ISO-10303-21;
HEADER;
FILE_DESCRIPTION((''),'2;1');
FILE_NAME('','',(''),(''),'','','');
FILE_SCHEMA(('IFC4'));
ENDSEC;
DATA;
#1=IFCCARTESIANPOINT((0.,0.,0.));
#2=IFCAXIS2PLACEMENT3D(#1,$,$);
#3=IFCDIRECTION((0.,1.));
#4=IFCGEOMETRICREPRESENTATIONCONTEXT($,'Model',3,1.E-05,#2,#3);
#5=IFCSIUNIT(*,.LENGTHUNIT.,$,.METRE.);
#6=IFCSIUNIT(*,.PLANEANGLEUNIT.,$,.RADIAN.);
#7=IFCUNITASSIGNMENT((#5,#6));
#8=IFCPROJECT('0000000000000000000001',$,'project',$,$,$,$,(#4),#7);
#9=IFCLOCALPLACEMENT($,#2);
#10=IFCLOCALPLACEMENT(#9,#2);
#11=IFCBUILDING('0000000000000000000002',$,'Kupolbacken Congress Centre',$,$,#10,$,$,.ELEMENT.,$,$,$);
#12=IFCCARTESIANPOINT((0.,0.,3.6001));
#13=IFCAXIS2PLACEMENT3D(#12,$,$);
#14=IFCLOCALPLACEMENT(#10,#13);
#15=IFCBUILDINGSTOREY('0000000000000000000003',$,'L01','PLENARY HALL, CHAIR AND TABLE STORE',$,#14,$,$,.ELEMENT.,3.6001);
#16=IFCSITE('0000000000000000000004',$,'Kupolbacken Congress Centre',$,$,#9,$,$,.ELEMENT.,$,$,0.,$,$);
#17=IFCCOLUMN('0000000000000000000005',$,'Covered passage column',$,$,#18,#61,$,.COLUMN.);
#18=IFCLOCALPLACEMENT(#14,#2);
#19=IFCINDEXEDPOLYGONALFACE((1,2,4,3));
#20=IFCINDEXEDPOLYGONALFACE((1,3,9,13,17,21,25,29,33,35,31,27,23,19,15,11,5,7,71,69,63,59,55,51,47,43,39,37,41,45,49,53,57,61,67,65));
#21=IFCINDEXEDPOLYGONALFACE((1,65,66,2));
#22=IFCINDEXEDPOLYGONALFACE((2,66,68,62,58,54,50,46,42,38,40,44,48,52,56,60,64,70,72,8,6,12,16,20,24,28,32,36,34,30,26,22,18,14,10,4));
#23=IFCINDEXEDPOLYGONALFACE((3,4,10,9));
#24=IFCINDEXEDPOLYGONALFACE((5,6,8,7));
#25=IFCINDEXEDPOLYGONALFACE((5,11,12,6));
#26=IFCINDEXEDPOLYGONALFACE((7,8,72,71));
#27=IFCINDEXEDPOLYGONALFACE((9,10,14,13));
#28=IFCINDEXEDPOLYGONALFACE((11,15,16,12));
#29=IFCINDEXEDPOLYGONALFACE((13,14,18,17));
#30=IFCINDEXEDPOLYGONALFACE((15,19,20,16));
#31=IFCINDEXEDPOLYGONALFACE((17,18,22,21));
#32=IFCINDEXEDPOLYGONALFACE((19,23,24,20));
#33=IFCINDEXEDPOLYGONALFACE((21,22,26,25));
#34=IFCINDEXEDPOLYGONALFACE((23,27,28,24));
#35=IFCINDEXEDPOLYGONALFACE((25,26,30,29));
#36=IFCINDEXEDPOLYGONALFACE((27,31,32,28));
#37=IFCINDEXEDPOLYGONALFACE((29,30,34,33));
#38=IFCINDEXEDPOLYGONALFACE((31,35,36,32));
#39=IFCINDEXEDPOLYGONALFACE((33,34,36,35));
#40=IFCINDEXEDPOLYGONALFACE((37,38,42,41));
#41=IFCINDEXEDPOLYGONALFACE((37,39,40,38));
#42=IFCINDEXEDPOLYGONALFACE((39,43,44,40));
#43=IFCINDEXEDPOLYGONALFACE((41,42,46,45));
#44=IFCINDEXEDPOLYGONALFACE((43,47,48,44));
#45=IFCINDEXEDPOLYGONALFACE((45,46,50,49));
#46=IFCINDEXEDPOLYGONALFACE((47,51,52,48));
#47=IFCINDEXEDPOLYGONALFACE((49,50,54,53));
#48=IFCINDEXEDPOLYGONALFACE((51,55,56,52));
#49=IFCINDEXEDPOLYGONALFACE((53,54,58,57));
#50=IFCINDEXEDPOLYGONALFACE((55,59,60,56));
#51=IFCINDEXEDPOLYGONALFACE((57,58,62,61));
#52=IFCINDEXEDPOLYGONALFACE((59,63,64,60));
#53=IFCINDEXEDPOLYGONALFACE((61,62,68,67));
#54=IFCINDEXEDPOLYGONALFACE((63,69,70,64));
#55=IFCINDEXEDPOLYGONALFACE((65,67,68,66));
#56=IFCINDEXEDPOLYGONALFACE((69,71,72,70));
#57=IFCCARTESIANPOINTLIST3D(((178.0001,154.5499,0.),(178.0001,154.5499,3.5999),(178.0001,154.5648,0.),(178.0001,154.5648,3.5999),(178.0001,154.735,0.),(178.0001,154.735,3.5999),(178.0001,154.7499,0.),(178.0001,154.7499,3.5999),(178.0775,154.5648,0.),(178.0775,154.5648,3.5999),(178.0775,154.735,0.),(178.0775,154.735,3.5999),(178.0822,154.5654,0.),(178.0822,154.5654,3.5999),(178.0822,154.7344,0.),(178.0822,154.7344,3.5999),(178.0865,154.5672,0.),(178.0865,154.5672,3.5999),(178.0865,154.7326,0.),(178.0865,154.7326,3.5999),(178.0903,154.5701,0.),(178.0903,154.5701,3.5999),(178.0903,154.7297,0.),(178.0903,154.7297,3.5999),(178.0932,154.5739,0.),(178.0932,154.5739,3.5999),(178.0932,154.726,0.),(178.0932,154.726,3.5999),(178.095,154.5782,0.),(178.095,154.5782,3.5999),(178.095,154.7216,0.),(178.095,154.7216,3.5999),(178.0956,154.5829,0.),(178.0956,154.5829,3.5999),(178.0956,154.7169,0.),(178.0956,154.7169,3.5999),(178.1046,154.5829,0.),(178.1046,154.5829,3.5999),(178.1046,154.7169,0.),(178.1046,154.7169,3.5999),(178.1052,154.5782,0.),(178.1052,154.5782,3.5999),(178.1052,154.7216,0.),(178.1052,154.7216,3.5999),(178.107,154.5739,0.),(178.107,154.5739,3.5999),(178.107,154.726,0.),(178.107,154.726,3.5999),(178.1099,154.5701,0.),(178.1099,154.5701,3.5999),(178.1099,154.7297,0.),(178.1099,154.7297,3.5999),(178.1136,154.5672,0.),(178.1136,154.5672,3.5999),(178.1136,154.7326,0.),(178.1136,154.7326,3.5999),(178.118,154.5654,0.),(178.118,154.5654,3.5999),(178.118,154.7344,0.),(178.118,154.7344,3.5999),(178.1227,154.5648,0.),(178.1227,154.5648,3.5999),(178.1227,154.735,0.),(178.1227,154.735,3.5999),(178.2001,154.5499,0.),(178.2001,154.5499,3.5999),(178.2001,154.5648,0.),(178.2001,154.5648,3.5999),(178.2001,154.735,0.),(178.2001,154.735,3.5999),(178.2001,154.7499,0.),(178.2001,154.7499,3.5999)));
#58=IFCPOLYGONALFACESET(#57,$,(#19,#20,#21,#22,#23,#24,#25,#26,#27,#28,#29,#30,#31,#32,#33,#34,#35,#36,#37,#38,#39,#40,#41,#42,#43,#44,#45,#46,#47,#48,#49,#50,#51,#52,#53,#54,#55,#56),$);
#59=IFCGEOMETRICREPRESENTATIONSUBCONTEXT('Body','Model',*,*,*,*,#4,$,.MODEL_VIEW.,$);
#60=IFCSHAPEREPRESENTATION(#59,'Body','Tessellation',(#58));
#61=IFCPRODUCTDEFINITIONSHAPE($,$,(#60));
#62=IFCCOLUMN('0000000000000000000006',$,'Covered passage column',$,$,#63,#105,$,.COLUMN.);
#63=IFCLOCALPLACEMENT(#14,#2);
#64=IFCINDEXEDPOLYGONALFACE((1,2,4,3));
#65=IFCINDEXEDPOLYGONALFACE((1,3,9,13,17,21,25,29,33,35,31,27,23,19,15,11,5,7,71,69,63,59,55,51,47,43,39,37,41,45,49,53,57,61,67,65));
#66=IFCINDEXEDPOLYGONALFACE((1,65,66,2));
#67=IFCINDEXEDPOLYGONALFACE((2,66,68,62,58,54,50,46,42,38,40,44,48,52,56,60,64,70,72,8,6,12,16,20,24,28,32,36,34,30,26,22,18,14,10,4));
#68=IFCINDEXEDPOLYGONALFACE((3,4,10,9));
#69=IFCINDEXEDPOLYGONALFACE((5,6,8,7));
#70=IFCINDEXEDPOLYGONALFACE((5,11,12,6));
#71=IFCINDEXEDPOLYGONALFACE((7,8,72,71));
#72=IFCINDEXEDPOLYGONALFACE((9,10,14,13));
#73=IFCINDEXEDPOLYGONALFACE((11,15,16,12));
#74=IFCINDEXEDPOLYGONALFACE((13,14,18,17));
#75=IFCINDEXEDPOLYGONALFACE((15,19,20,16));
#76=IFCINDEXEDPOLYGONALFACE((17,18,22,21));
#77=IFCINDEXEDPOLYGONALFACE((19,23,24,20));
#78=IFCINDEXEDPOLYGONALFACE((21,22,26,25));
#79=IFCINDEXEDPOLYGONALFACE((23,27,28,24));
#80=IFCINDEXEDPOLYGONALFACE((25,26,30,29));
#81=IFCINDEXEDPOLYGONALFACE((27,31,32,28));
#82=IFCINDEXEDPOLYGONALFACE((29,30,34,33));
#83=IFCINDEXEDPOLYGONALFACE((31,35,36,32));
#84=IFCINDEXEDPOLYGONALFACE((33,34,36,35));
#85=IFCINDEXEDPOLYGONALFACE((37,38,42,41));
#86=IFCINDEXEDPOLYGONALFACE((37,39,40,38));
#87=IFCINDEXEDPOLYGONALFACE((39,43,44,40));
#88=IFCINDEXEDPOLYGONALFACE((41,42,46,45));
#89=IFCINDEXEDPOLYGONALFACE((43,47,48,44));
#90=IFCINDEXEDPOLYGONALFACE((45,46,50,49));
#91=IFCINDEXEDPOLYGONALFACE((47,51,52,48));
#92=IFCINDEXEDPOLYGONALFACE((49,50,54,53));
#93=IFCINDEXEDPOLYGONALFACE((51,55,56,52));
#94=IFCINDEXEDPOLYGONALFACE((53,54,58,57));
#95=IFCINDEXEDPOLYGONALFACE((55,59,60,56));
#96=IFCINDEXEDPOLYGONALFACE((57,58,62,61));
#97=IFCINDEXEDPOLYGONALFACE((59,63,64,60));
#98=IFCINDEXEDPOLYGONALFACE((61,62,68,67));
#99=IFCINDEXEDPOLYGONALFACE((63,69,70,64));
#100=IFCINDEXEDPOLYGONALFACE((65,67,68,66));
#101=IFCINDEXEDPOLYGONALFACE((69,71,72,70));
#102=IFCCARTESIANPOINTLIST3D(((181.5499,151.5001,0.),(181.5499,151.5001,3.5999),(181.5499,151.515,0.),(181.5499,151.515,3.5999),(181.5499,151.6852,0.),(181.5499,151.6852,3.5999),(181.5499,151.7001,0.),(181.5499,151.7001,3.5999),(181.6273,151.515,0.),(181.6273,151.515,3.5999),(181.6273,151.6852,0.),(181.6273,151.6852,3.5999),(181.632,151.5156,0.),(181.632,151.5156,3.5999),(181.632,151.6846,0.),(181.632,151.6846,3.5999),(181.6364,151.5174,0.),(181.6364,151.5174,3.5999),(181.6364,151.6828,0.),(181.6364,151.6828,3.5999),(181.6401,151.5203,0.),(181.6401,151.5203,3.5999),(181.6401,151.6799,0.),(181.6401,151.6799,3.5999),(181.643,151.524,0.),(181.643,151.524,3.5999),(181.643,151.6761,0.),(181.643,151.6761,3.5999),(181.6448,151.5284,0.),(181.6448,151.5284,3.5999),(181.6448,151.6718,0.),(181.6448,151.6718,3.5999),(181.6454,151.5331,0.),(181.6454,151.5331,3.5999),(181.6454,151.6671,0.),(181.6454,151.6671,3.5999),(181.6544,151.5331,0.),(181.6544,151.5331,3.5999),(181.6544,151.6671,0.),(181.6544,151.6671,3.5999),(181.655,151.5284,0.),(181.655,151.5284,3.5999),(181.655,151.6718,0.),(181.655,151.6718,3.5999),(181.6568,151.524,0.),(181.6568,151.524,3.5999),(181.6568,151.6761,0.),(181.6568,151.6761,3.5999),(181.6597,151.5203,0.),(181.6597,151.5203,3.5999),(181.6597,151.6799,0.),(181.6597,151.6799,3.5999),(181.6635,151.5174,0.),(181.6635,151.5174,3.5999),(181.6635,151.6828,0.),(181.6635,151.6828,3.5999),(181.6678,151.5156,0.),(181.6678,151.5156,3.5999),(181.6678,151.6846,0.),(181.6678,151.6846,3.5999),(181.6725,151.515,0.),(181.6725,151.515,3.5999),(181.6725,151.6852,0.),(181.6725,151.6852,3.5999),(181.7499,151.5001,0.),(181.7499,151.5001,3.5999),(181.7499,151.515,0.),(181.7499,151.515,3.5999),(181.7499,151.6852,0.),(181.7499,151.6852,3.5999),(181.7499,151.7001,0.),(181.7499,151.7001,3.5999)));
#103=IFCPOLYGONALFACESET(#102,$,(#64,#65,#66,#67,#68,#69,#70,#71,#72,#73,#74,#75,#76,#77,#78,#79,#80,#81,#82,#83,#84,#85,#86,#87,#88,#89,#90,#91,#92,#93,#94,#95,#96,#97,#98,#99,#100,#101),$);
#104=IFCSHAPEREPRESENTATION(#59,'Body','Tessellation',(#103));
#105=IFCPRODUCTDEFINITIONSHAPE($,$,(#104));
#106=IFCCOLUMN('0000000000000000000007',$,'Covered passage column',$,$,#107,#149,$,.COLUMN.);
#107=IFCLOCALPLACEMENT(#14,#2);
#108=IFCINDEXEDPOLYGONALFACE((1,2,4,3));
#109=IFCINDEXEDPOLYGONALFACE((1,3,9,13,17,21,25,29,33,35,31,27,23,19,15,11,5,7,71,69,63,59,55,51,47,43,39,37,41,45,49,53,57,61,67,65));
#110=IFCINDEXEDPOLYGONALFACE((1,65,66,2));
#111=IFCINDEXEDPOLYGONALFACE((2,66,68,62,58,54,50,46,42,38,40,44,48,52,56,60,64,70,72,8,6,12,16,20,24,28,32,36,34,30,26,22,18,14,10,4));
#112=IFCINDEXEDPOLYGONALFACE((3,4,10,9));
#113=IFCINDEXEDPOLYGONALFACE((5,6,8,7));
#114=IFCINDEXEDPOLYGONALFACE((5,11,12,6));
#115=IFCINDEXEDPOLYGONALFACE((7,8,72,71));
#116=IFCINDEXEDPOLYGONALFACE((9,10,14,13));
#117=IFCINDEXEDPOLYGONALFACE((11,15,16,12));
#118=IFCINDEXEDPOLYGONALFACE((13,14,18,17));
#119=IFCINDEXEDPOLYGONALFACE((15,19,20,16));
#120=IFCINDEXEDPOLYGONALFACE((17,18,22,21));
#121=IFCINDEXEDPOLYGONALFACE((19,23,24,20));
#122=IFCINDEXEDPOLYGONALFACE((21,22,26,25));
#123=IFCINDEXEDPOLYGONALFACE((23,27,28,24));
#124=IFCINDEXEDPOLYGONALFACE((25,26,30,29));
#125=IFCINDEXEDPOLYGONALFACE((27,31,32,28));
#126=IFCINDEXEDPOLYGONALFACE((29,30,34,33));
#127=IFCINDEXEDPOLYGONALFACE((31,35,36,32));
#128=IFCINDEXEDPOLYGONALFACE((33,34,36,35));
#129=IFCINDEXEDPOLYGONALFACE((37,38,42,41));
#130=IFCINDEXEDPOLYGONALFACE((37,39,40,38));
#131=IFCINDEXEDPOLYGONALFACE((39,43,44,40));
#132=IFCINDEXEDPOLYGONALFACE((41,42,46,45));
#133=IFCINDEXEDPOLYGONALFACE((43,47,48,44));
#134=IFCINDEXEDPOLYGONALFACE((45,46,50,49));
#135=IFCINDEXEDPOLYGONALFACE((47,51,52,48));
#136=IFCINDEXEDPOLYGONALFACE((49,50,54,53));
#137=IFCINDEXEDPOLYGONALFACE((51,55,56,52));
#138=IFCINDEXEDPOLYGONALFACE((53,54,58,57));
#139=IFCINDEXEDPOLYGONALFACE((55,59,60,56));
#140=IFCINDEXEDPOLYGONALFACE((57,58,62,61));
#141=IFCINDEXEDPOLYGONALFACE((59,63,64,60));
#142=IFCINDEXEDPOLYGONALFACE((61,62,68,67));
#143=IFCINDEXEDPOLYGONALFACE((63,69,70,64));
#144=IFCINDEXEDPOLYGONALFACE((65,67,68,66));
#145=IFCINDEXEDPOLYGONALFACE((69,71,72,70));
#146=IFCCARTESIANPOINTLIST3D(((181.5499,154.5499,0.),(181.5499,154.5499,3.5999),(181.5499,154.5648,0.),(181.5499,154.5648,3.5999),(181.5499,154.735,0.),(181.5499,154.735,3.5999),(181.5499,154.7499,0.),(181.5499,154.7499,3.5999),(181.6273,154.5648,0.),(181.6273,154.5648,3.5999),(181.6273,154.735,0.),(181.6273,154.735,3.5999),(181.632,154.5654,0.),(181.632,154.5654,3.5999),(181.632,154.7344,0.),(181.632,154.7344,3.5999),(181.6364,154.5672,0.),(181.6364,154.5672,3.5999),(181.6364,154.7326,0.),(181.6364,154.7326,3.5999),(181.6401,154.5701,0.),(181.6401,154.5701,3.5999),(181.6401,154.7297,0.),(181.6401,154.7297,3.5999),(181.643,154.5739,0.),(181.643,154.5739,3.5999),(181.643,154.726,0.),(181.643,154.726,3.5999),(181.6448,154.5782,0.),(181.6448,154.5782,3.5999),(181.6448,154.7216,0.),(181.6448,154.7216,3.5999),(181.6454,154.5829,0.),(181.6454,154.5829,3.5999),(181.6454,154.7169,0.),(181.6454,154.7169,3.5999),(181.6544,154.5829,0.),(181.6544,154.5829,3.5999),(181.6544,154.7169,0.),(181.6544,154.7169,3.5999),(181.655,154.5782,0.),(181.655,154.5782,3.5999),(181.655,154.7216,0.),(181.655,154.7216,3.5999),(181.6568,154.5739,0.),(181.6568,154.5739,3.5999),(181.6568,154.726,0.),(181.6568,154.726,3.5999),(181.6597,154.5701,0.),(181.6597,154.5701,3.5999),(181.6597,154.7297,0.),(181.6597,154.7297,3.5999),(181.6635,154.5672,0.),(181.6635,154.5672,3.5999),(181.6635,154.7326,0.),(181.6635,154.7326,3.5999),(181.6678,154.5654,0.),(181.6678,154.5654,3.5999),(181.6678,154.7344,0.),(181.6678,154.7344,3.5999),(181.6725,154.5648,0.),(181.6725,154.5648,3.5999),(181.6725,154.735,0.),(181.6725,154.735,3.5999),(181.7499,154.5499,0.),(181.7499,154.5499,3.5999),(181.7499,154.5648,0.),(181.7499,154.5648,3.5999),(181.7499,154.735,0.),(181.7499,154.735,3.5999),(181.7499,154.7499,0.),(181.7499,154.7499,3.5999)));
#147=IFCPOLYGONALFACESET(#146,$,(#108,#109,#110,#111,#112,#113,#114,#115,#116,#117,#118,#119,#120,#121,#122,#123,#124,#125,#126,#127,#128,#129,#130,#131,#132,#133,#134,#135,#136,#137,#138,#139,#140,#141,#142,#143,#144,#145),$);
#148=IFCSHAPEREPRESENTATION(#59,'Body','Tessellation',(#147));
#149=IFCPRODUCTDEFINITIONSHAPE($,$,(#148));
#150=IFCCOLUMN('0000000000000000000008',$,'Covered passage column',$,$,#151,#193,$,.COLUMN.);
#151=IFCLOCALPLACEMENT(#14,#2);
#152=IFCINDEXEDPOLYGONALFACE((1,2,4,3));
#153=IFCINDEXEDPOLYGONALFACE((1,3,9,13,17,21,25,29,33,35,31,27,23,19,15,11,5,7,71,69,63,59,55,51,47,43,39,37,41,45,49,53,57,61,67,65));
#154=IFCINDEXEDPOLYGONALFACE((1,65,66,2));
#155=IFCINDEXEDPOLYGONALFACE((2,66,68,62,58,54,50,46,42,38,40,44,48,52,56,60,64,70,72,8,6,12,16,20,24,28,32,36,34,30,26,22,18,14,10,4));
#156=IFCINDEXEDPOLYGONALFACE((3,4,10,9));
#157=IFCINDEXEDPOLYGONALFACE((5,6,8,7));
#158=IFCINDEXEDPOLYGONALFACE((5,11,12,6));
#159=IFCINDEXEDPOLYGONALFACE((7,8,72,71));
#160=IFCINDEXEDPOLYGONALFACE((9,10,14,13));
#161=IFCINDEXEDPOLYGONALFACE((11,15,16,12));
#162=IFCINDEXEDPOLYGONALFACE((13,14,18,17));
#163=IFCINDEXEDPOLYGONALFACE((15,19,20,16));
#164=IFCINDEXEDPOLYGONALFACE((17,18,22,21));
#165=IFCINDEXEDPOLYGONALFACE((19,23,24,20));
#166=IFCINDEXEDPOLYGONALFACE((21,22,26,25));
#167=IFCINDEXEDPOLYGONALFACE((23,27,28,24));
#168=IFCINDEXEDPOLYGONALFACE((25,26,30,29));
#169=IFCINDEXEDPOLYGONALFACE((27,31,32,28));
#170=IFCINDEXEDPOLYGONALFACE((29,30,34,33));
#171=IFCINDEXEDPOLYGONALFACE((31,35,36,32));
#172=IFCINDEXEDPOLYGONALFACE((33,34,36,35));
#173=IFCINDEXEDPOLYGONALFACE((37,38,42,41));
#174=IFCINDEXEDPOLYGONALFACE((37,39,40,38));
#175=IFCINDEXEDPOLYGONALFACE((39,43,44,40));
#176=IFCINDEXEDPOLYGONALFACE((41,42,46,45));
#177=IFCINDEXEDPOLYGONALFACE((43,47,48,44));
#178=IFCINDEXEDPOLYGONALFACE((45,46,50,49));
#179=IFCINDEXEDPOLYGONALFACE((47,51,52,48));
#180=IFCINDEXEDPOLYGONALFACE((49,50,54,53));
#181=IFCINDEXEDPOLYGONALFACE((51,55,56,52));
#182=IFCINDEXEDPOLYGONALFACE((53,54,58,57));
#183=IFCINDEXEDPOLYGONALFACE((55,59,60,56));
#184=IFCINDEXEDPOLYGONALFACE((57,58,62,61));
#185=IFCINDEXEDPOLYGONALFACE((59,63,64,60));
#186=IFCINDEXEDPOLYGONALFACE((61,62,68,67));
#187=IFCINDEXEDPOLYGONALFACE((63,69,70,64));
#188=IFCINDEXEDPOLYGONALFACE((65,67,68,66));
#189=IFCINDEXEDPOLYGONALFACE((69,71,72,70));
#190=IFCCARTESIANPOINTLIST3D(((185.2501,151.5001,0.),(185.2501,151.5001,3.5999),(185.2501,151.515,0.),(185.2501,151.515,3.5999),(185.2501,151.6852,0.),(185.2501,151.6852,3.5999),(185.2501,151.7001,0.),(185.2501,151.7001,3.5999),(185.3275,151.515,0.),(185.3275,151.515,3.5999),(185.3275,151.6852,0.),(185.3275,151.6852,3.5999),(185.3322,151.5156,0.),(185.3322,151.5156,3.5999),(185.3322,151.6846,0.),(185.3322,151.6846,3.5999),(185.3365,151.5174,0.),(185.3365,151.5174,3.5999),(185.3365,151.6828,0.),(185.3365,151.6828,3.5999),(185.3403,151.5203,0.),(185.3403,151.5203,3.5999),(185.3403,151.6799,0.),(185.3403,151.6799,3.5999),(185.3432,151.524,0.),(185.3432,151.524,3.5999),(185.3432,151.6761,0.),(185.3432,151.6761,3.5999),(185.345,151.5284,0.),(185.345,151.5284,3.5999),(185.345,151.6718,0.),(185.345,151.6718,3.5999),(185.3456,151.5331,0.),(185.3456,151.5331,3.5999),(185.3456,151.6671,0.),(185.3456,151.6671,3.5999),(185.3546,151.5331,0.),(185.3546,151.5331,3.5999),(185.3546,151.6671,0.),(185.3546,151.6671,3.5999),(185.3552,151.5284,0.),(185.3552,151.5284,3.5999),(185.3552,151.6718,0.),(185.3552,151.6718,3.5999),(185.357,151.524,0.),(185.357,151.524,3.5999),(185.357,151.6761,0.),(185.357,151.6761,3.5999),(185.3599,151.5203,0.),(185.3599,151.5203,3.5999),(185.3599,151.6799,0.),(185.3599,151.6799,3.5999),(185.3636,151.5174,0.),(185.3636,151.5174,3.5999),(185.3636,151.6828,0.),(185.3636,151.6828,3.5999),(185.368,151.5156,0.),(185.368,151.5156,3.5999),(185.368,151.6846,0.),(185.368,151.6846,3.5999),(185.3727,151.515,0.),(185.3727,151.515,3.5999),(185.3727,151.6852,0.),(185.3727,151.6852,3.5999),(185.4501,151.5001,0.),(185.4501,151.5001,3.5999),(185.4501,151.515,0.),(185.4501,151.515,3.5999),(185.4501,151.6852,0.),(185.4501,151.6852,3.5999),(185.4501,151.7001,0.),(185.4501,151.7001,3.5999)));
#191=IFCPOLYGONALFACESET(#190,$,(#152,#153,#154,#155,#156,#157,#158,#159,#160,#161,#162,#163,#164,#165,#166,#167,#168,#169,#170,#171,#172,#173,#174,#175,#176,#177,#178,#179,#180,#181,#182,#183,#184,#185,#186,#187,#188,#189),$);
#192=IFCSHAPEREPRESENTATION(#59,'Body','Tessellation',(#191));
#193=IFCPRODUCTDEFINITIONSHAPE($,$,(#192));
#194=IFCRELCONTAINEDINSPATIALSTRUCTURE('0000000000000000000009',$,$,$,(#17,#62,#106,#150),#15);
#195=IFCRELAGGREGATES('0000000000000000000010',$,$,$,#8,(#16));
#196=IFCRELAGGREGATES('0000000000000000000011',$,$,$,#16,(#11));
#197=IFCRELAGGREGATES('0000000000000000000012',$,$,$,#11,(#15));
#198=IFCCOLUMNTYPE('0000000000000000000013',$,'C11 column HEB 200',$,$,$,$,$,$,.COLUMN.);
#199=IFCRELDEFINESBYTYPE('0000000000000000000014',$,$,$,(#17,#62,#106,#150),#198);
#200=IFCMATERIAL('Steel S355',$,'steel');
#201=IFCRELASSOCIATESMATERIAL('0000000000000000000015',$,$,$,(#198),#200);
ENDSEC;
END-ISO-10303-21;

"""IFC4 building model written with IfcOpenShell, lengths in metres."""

from ifc_helpers import new_model, si_unit, direction, frame, origin, origin_2d, place, context, subcontext, project, spatial, i_section, extrude, material, material_profile, profile_set, type_object, element, save


model = new_model("IFC4")

# Units and contexts
model_context = context("Model", 3, precision=1e-05, world=origin(), true_north=direction((0.0, 1.0)))
body_context = subcontext(model_context, "Body", "Model", "MODEL_VIEW")
ifc_project = project(units=[si_unit("LENGTHUNIT", "METRE"), si_unit("PLANEANGLEUNIT", "RADIAN")], contexts=[model_context])

# Site, building, storey
site_placement = place(None, origin())
site = spatial("IfcSite", under=ifc_project, at=site_placement, Name="Kupolbacken Congress Centre", CompositionType="ELEMENT", RefElevation=0.0)
building_placement = place(site_placement, origin())
building = spatial("IfcBuilding", under=site, at=building_placement, Name="Kupolbacken Congress Centre", CompositionType="ELEMENT")
storey_placement = place(building_placement, frame((0.0, 0.0, 3.6001)))
storey = spatial("IfcBuildingStorey", under=building, at=storey_placement, Name="L01", Description="PLENARY HALL, CHAIR AND TABLE STORE", CompositionType="ELEMENT", Elevation=3.6001)

# Columns
ifc_material_1 = material(Name="Steel S355", Category="steel")
ifc_material_profile_1 = material_profile(ifc_material_1, i_section(OverallWidth=0.2, OverallDepth=0.2, WebThickness=0.009, FlangeThickness=0.0149, FilletRadius=0.0181, at=origin_2d()), Name="HEB 200")
ifc_profile_set_1 = profile_set([ifc_material_profile_1], Name="Steel S355")
column_type_1 = type_object("IfcColumnType", Name="C11 column HEB 200", PredefinedType="COLUMN", material=ifc_profile_set_1)
for number, where, z_axis, x_axis, name in (
    (1, (178.1001, 154.6499, 0.0), (0.0, 0.0, 1.0), (1.0, 0.0, 0.0), "Covered passage column"),
    (2, (181.6499, 151.6001, 0.0), (0.0, 0.0, 1.0), (1.0, 0.0, 0.0), "Covered passage column"),
    (3, (181.6499, 154.6499, 0.0), (0.0, 0.0, 1.0), (1.0, 0.0, 0.0), "Covered passage column"),
    (4, (185.3501, 151.6001, 0.0), (0.0, 0.0, 1.0), (1.0, 0.0, 0.0), "Covered passage column"),
):
    element("IfcColumn", number, at=place(storey_placement, frame(where, z_axis=z_axis, x_axis=x_axis)), inside=storey, type_object=column_type_1, Name=name, PredefinedType="COLUMN", context=body_context, shape_type="SweptSolid", body=[
        extrude(i_section(OverallWidth=0.2, OverallDepth=0.2, WebThickness=0.009, FlangeThickness=0.0149, FilletRadius=0.0181, at=origin_2d()), origin(), (0.0, 0.0, 1.0), 3.5999),
    ])

save(model, "model.ifc")
